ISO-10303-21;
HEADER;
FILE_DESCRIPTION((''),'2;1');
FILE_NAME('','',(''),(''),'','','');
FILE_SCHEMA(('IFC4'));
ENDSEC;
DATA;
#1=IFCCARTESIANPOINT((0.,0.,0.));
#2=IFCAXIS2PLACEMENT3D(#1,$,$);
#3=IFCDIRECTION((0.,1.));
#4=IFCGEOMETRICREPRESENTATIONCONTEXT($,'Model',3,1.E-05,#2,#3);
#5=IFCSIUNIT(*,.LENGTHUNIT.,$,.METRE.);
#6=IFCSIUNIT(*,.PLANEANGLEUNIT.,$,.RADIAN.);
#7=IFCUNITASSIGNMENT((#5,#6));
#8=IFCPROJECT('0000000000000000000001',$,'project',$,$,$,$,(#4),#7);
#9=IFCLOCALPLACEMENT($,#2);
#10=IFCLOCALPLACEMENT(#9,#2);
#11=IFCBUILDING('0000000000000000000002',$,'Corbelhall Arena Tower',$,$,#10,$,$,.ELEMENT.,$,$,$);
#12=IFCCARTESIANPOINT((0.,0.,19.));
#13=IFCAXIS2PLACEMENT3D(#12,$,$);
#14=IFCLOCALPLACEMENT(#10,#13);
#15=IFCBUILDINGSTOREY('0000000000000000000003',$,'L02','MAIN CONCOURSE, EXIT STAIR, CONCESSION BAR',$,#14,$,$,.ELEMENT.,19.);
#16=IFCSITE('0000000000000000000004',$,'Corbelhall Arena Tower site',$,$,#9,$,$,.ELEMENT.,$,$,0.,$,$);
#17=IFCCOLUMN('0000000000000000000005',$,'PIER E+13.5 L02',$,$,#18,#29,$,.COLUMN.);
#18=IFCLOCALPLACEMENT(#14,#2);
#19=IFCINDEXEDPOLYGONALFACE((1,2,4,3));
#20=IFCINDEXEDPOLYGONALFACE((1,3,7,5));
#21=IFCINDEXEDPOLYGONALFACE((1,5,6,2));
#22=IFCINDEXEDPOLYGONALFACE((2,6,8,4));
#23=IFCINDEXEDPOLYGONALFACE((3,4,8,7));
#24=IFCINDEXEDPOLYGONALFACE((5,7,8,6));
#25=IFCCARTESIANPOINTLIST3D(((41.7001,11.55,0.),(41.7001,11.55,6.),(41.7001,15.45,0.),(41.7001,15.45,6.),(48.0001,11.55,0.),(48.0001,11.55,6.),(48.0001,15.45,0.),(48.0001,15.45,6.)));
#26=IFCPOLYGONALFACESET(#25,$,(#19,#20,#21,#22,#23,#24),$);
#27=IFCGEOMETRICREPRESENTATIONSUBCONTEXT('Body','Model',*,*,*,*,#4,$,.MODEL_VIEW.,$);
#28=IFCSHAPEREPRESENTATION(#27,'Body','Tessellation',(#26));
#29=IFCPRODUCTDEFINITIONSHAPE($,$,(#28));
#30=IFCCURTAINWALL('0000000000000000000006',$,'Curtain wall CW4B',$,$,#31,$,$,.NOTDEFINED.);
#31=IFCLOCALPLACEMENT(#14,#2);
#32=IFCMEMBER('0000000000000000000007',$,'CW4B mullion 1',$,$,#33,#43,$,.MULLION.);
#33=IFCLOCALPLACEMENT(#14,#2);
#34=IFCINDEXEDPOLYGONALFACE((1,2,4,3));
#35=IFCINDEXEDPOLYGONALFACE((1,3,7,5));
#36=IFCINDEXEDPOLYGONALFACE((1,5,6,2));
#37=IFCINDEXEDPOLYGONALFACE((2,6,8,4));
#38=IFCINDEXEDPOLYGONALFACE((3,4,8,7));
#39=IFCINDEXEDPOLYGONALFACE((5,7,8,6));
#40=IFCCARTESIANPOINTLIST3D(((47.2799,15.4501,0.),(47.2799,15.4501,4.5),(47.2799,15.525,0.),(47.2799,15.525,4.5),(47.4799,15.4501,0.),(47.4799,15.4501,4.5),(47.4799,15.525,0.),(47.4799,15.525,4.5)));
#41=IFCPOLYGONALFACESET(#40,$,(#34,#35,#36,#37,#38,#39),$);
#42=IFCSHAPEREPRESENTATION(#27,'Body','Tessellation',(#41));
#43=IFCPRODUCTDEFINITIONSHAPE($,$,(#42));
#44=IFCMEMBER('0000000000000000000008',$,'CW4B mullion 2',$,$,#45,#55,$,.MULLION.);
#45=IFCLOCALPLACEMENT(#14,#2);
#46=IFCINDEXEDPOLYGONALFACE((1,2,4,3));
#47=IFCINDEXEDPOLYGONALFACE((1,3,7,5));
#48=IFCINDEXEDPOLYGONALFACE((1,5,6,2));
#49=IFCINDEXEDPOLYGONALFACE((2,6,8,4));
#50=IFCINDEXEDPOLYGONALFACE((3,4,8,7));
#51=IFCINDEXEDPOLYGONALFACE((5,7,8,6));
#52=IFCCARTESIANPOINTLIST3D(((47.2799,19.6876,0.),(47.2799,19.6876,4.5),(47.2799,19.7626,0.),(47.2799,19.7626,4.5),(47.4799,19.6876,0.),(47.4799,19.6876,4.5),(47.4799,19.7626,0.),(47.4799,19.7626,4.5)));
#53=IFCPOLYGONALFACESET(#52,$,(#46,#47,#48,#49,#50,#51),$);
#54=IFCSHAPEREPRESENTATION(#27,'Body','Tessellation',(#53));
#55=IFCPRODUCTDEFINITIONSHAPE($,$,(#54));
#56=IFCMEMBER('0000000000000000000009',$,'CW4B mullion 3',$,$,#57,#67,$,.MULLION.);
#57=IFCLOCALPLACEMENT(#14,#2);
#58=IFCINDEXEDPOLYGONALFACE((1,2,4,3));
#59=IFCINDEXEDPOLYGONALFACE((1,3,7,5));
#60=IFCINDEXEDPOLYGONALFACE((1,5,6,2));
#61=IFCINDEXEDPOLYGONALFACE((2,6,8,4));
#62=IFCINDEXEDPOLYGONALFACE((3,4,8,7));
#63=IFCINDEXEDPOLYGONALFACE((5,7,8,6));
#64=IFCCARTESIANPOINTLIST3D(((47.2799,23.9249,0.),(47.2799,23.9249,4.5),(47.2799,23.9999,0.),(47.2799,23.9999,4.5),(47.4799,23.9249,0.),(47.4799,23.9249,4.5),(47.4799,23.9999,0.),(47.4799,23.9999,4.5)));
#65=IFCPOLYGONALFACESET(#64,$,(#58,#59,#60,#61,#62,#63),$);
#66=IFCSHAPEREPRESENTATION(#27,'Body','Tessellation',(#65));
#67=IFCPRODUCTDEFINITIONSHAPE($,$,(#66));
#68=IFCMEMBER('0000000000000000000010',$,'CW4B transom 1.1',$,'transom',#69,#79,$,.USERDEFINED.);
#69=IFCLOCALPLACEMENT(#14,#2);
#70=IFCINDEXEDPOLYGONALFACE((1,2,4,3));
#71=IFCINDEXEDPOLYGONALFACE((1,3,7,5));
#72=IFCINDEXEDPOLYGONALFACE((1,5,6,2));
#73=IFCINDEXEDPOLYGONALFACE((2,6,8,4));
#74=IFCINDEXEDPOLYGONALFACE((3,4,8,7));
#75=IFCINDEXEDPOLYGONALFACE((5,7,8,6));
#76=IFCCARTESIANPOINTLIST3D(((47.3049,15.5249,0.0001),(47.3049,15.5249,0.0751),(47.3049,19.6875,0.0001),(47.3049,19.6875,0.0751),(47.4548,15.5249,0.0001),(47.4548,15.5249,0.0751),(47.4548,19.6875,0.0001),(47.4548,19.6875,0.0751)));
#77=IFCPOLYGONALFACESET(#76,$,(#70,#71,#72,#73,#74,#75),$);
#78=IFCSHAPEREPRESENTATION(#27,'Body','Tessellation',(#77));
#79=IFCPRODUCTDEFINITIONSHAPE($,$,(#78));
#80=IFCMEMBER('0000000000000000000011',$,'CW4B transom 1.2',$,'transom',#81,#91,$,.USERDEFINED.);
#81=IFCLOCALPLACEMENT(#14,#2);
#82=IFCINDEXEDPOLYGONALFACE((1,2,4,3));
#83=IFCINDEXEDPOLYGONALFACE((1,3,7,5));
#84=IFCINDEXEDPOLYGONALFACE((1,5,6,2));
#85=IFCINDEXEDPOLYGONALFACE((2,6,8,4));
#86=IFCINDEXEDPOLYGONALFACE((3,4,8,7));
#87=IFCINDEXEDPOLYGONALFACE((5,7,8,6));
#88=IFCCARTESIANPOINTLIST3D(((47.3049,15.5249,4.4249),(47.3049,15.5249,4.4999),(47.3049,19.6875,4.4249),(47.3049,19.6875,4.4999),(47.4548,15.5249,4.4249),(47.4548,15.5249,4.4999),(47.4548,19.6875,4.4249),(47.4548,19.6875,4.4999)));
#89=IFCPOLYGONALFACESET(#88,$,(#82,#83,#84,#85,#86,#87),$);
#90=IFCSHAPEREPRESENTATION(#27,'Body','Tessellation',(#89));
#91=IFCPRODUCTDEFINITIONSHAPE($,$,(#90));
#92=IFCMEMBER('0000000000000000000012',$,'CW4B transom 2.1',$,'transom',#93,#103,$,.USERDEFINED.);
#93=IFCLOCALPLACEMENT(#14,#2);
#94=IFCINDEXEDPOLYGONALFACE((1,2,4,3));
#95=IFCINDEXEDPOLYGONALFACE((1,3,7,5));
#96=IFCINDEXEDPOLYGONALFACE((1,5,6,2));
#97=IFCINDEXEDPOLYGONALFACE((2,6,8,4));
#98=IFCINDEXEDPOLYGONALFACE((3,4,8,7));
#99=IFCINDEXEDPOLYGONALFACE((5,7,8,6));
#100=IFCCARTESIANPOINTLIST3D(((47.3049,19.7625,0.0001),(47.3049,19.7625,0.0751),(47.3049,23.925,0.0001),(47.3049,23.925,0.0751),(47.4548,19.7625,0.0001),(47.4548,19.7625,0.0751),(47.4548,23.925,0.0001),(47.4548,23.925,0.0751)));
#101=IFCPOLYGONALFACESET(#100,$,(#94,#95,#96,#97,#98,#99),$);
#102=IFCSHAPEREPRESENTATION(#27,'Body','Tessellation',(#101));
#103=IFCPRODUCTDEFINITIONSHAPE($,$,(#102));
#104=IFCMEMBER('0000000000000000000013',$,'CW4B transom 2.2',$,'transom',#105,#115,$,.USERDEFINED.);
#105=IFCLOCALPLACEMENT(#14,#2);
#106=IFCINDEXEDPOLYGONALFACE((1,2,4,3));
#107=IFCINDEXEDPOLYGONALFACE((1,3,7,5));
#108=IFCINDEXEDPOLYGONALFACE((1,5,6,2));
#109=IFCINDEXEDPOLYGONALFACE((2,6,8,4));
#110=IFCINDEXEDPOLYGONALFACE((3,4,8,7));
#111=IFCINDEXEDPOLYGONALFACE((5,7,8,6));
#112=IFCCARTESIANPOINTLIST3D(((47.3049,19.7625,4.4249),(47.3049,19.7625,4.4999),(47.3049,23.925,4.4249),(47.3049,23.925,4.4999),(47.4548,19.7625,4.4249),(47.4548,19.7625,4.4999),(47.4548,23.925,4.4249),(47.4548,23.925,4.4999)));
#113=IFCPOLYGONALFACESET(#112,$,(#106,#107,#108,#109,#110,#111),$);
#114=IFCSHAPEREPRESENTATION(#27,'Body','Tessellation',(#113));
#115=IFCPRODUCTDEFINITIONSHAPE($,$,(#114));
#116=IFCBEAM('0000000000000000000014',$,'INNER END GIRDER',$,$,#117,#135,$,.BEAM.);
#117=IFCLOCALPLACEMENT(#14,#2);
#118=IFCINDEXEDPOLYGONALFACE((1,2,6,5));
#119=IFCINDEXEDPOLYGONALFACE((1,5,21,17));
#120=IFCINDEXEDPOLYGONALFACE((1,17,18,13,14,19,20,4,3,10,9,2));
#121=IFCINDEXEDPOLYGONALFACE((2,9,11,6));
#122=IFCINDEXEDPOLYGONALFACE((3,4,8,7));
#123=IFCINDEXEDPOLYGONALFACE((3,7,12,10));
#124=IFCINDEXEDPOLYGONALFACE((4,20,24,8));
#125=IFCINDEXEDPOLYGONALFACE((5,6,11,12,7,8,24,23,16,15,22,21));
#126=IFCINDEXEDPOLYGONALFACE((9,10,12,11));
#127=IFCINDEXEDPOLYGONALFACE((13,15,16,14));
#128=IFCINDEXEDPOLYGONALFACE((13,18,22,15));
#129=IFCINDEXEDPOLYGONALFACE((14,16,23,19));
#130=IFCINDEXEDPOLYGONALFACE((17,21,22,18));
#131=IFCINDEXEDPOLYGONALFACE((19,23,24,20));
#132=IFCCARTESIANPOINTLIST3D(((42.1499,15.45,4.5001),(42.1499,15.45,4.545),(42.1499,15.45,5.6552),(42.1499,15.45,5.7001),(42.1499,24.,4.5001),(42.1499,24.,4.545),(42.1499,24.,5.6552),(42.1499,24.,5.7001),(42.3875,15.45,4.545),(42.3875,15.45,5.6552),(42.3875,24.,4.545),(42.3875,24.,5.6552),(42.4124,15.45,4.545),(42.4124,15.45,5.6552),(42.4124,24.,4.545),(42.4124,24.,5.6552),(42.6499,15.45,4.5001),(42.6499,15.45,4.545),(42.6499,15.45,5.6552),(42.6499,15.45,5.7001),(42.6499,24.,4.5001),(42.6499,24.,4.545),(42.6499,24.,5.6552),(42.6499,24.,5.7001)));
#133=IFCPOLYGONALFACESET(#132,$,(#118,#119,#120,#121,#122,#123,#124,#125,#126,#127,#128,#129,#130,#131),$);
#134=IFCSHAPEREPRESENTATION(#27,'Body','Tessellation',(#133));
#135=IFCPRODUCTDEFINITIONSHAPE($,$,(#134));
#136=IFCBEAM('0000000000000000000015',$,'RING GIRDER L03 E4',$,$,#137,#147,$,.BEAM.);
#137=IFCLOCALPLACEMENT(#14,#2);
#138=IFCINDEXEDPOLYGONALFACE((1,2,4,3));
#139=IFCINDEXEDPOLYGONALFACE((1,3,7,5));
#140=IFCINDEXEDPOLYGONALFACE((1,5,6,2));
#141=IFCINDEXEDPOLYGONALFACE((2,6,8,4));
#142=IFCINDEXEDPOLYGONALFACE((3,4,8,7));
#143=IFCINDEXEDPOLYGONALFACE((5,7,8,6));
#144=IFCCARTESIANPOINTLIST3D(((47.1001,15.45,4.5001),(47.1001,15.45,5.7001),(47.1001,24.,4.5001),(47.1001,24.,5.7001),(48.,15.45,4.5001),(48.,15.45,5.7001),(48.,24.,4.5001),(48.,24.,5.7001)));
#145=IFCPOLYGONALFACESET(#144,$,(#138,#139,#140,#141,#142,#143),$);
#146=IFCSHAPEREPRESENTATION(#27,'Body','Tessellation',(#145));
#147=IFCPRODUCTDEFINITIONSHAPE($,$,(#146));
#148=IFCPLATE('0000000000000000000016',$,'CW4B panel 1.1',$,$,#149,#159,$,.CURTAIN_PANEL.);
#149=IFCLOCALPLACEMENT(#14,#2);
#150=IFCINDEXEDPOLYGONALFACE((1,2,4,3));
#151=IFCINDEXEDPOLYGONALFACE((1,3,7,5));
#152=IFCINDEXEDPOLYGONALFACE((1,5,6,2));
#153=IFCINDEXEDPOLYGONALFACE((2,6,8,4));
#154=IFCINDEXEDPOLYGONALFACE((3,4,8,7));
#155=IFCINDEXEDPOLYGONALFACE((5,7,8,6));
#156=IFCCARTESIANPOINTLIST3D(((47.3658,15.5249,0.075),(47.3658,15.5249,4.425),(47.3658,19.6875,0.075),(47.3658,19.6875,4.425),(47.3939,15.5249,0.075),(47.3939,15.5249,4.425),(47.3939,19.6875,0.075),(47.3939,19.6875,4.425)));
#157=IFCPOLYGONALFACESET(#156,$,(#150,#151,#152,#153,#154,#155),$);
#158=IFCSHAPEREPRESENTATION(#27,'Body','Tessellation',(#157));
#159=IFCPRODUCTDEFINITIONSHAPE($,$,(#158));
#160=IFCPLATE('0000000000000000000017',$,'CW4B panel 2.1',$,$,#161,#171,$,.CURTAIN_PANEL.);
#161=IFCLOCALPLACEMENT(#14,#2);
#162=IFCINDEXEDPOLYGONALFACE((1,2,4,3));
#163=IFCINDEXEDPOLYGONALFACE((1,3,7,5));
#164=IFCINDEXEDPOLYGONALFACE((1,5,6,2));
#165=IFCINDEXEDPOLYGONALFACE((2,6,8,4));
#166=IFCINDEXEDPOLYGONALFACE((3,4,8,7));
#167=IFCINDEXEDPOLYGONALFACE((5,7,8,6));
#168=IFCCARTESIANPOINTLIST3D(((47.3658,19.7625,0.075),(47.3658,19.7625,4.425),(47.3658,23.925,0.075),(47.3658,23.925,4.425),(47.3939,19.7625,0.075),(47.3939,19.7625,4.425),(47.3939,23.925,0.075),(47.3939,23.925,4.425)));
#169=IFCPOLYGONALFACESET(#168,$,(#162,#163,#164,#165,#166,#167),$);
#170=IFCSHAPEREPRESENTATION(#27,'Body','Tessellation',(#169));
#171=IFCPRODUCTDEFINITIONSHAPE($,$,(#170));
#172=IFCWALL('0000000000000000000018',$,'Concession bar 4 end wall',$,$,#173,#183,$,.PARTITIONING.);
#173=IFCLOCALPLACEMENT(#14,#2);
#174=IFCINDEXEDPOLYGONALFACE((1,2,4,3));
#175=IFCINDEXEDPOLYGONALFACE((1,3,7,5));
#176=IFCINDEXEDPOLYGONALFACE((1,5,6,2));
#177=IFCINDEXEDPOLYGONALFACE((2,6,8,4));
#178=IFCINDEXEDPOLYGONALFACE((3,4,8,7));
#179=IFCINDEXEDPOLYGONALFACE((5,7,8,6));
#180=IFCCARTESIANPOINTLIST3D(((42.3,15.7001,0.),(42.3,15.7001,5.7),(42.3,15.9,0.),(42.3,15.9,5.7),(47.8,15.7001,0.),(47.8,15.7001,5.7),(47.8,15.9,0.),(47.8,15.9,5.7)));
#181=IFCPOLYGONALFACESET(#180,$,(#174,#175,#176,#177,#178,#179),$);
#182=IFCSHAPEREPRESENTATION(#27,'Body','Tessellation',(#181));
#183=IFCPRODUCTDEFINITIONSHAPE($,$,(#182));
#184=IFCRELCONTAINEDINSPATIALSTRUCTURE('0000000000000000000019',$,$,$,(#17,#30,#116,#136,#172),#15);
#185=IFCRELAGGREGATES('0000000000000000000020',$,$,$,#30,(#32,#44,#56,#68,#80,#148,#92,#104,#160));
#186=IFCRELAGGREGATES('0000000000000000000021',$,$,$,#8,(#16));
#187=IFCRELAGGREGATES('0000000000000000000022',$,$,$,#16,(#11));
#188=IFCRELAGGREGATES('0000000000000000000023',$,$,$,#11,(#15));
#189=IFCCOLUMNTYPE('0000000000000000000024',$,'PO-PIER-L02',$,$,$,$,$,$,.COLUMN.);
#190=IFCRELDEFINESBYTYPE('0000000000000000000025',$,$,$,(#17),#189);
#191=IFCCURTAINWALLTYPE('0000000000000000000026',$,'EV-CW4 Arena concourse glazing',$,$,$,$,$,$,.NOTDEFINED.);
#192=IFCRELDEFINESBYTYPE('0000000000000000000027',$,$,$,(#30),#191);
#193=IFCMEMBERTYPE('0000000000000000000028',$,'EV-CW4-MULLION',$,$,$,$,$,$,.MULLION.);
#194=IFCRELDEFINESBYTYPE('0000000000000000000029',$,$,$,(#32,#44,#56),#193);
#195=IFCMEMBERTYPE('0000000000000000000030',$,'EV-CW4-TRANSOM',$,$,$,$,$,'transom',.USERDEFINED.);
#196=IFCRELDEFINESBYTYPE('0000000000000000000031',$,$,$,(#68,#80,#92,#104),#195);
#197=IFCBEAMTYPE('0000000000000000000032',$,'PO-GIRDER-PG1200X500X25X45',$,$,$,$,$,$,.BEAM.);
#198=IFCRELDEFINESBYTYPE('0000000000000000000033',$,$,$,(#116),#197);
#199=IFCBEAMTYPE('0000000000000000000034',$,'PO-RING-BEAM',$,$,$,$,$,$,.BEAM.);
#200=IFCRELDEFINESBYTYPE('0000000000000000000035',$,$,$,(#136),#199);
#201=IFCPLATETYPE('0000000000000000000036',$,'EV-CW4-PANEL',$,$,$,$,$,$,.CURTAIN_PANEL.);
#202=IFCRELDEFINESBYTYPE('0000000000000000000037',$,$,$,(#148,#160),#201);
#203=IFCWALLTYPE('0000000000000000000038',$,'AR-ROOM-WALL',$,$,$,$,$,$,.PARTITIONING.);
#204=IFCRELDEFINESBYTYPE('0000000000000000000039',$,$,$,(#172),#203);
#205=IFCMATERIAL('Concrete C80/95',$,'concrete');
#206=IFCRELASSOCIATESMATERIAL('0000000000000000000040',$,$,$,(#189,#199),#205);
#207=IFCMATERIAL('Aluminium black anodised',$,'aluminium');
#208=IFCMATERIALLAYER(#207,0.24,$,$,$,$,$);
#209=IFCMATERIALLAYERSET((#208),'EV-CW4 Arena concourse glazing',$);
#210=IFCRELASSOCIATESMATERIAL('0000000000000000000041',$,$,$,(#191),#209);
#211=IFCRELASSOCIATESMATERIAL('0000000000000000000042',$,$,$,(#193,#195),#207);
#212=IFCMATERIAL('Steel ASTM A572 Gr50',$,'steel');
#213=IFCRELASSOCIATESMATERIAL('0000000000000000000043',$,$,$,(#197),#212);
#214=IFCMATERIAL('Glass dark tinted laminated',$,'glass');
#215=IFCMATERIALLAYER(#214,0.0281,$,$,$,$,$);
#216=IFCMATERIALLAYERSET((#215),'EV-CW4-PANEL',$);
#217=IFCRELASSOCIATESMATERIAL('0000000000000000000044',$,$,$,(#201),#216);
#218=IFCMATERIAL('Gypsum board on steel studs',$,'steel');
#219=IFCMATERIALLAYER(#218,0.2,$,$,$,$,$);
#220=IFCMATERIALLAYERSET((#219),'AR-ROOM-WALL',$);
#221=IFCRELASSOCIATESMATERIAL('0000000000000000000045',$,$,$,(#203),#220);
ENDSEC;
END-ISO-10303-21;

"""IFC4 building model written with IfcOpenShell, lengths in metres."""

from ifc_helpers import new_model, si_unit, direction, frame, frame_2d, origin, origin_2d, place, context, subcontext, project, spatial, rectangle, i_section, extrude, material, layer, layer_set, material_profile, profile_set, type_object, element, aggregate, save


model = new_model("IFC4")

# Units and contexts
model_context = context("Model", 3, precision=1e-05, world=origin(), true_north=direction((0.0, 1.0)))
body_context = subcontext(model_context, "Body", "Model", "MODEL_VIEW")
ifc_project = project(units=[si_unit("LENGTHUNIT", "METRE"), si_unit("PLANEANGLEUNIT", "RADIAN")], contexts=[model_context])

# Site, building, storey
site_placement = place(None, origin())
site = spatial("IfcSite", under=ifc_project, at=site_placement, Name="Corbelhall Arena Tower site", CompositionType="ELEMENT", RefElevation=0.0)
building_placement = place(site_placement, origin())
building = spatial("IfcBuilding", under=site, at=building_placement, Name="Corbelhall Arena Tower", CompositionType="ELEMENT")
storey_placement = place(building_placement, frame((0.0, 0.0, 19.0)))
storey = spatial("IfcBuildingStorey", under=building, at=storey_placement, Name="L02", Description="MAIN CONCOURSE, EXIT STAIR, CONCESSION BAR", CompositionType="ELEMENT", Elevation=19.0)

# Column
ifc_material_1 = material(Name="Concrete C80/95", Category="concrete")
ifc_material_profile_1 = material_profile(ifc_material_1, rectangle(XDim=3.8999, YDim=6.3, at=origin_2d()))
ifc_profile_set_1 = profile_set([ifc_material_profile_1], Name="Concrete C80/95")
column_type = type_object("IfcColumnType", Name="PO-PIER-L02", PredefinedType="COLUMN", material=ifc_profile_set_1)
column_placement = place(storey_placement, frame((44.8501, 13.5, 0.0), z_axis=(0.0, 0.0, 1.0), x_axis=(0.0, 1.0, 0.0)))
element("IfcColumn", 1, at=column_placement, inside=storey, type_object=column_type, Name="PIER E+13.5 L02", PredefinedType="COLUMN", context=body_context, shape_type="SweptSolid", body=[
    extrude(rectangle(XDim=3.8999, YDim=6.3, at=origin_2d()), origin(), (0.0, 0.0, 1.0), 6.0),
])

# Curtain wall, members
ifc_material_2 = material(Name="Aluminium black anodised", Category="aluminium")
ifc_layer_1 = layer(ifc_material_2, 0.24)
ifc_layer_set_1 = layer_set([ifc_layer_1], Name="EV-CW4 Arena concourse glazing")
curtain_wall_type = type_object("IfcCurtainWallType", Name="EV-CW4 Arena concourse glazing", PredefinedType="NOTDEFINED", material=ifc_layer_set_1)
curtain_wall_placement = place(storey_placement, origin())
curtain_wall = element("IfcCurtainWall", 2, at=curtain_wall_placement, inside=storey, type_object=curtain_wall_type, Name="Curtain wall CW4B", PredefinedType="NOTDEFINED")
ifc_material_profile_2 = material_profile(ifc_material_2, rectangle(XDim=0.2, YDim=0.075, at=origin_2d()))
ifc_profile_set_2 = profile_set([ifc_material_profile_2], Name="Aluminium black anodised")
member_type_1 = type_object("IfcMemberType", Name="EV-CW4-MULLION", PredefinedType="MULLION", material=ifc_profile_set_2)
member_1_placement = place(storey_placement, frame((47.3799, 15.4875, 0.0), z_axis=(0.0, 0.0, 1.0), x_axis=(-1.0, 0.0, 0.0)))
member_1 = element("IfcMember", 3, at=member_1_placement, type_object=member_type_1, Name="CW4B mullion 1", PredefinedType="MULLION", context=body_context, shape_type="SweptSolid", body=[
    extrude(rectangle(XDim=0.2, YDim=0.075, at=origin_2d()), origin(), (0.0, 0.0, 1.0), 4.5),
])
member_2_placement = place(storey_placement, frame((47.3799, 19.7251, 0.0), z_axis=(0.0, 0.0, 1.0), x_axis=(-1.0, 0.0, 0.0)))
member_2 = element("IfcMember", 4, at=member_2_placement, type_object=member_type_1, Name="CW4B mullion 2", PredefinedType="MULLION", context=body_context, shape_type="SweptSolid", body=[
    extrude(rectangle(XDim=0.2, YDim=0.075, at=origin_2d()), origin(), (0.0, 0.0, 1.0), 4.5),
])
member_3_placement = place(storey_placement, frame((47.3799, 23.9624, 0.0), z_axis=(0.0, 0.0, 1.0), x_axis=(-1.0, 0.0, 0.0)))
member_3 = element("IfcMember", 5, at=member_3_placement, type_object=member_type_1, Name="CW4B mullion 3", PredefinedType="MULLION", context=body_context, shape_type="SweptSolid", body=[
    extrude(rectangle(XDim=0.2, YDim=0.075, at=origin_2d()), origin(), (0.0, 0.0, 1.0), 4.5),
])
ifc_material_profile_3 = material_profile(ifc_material_2, rectangle(XDim=0.1499, YDim=0.075, at=origin_2d()))
ifc_profile_set_3 = profile_set([ifc_material_profile_3], Name="Aluminium black anodised")
member_type_2 = type_object("IfcMemberType", Name="EV-CW4-TRANSOM", ElementType="transom", PredefinedType="USERDEFINED", material=ifc_profile_set_3)
member_4_placement = place(storey_placement, frame((47.3799, 15.5249, 0.0376), z_axis=(0.0, 1.0, 0.0), x_axis=(-1.0, 0.0, 0.0)))
member_4 = element("IfcMember", 6, at=member_4_placement, type_object=member_type_2, Name="CW4B transom 1.1", ObjectType="transom", PredefinedType="USERDEFINED", context=body_context, shape_type="SweptSolid", body=[
    extrude(rectangle(XDim=0.1499, YDim=0.075, at=origin_2d()), origin(), (0.0, 0.0, 1.0), 4.1626),
])
member_5_placement = place(storey_placement, frame((47.3799, 15.5249, 4.4624), z_axis=(0.0, 1.0, 0.0), x_axis=(-1.0, 0.0, 0.0)))
member_5 = element("IfcMember", 7, at=member_5_placement, type_object=member_type_2, Name="CW4B transom 1.2", ObjectType="transom", PredefinedType="USERDEFINED", context=body_context, shape_type="SweptSolid", body=[
    extrude(rectangle(XDim=0.1499, YDim=0.075, at=origin_2d()), origin(), (0.0, 0.0, 1.0), 4.1626),
])
member_6_placement = place(storey_placement, frame((47.3799, 19.7625, 0.0376), z_axis=(0.0, 1.0, 0.0), x_axis=(-1.0, 0.0, 0.0)))
member_6 = element("IfcMember", 8, at=member_6_placement, type_object=member_type_2, Name="CW4B transom 2.1", ObjectType="transom", PredefinedType="USERDEFINED", context=body_context, shape_type="SweptSolid", body=[
    extrude(rectangle(XDim=0.1499, YDim=0.075, at=origin_2d()), origin(), (0.0, 0.0, 1.0), 4.1626),
])
member_7_placement = place(storey_placement, frame((47.3799, 19.7625, 4.4624), z_axis=(0.0, 1.0, 0.0), x_axis=(-1.0, 0.0, 0.0)))
member_7 = element("IfcMember", 9, at=member_7_placement, type_object=member_type_2, Name="CW4B transom 2.2", ObjectType="transom", PredefinedType="USERDEFINED", context=body_context, shape_type="SweptSolid", body=[
    extrude(rectangle(XDim=0.1499, YDim=0.075, at=origin_2d()), origin(), (0.0, 0.0, 1.0), 4.1626),
])

# Beams
ifc_material_3 = material(Name="Steel ASTM A572 Gr50", Category="steel")
ifc_material_profile_4 = material_profile(ifc_material_3, i_section(OverallWidth=0.5, OverallDepth=1.2, WebThickness=0.0249, FlangeThickness=0.0449, at=origin_2d()))
ifc_profile_set_4 = profile_set([ifc_material_profile_4], Name="Steel ASTM A572 Gr50")
beam_type_1 = type_object("IfcBeamType", Name="PO-GIRDER-PG1200X500X25X45", PredefinedType="BEAM", material=ifc_profile_set_4)
beam_1_placement = place(storey_placement, frame((42.3999, 15.45, 5.1001), z_axis=(0.0, 1.0, 0.0), x_axis=(-1.0, 0.0, 0.0)))
element("IfcBeam", 10, at=beam_1_placement, inside=storey, type_object=beam_type_1, Name="INNER END GIRDER", PredefinedType="BEAM", context=body_context, shape_type="SweptSolid", body=[
    extrude(i_section(OverallWidth=0.5, OverallDepth=1.2, WebThickness=0.0249, FlangeThickness=0.0449, at=origin_2d()), origin(), (0.0, 0.0, 1.0), 8.55),
])
ifc_material_profile_5 = material_profile(ifc_material_1, rectangle(XDim=0.8999, YDim=1.2, at=origin_2d()))
ifc_profile_set_5 = profile_set([ifc_material_profile_5], Name="Concrete C80/95")
beam_type_2 = type_object("IfcBeamType", Name="PO-RING-BEAM", PredefinedType="BEAM", material=ifc_profile_set_5)
beam_2_placement = place(storey_placement, frame((47.55, 15.45, 5.1001), z_axis=(0.0, 1.0, 0.0), x_axis=(-1.0, 0.0, 0.0)))
element("IfcBeam", 11, at=beam_2_placement, inside=storey, type_object=beam_type_2, Name="RING GIRDER L03 E4", PredefinedType="BEAM", context=body_context, shape_type="SweptSolid", body=[
    extrude(rectangle(XDim=0.8999, YDim=1.2, at=origin_2d()), origin(), (0.0, 0.0, 1.0), 8.55),
])

# Plates
ifc_material_4 = material(Name="Glass dark tinted laminated", Category="glass")
ifc_layer_2 = layer(ifc_material_4, 0.0281)
ifc_layer_set_2 = layer_set([ifc_layer_2], Name="EV-CW4-PANEL")
plate_type = type_object("IfcPlateType", Name="EV-CW4-PANEL", PredefinedType="CURTAIN_PANEL", material=ifc_layer_set_2)
plate_1_placement = place(storey_placement, frame((47.3799, 17.6062, 0.075), z_axis=(0.0, 0.0, 1.0), x_axis=(0.0, 1.0, 0.0)))
plate_1 = element("IfcPlate", 12, at=plate_1_placement, type_object=plate_type, Name="CW4B panel 1.1", PredefinedType="CURTAIN_PANEL", context=body_context, shape_type="SweptSolid", body=[
    extrude(rectangle(XDim=4.1626, YDim=0.0281, at=origin_2d()), origin(), (0.0, 0.0, 1.0), 4.3501),
])
plate_2_placement = place(storey_placement, frame((47.3799, 21.8438, 0.075), z_axis=(0.0, 0.0, 1.0), x_axis=(0.0, 1.0, 0.0)))
plate_2 = element("IfcPlate", 13, at=plate_2_placement, type_object=plate_type, Name="CW4B panel 2.1", PredefinedType="CURTAIN_PANEL", context=body_context, shape_type="SweptSolid", body=[
    extrude(rectangle(XDim=4.1626, YDim=0.0281, at=origin_2d()), origin(), (0.0, 0.0, 1.0), 4.3501),
])
aggregate(curtain_wall, [member_1, member_2, member_3, member_4, member_5, plate_1, member_6, member_7, plate_2])

# Wall
ifc_material_5 = material(Name="Gypsum board on steel studs", Category="steel")
ifc_layer_3 = layer(ifc_material_5, 0.2)
ifc_layer_set_3 = layer_set([ifc_layer_3], Name="AR-ROOM-WALL")
wall_type_1 = type_object("IfcWallType", Name="AR-ROOM-WALL", PredefinedType="PARTITIONING", material=ifc_layer_set_3)
for number, where, z_axis, x_axis, name in (
    (14, (42.3, 15.8, 0.0), (0.0, 0.0, 1.0), (1.0, 0.0, 0.0), "Concession bar 4 end wall"),
):
    element("IfcWall", number, at=place(storey_placement, frame(where, z_axis=z_axis, x_axis=x_axis)), inside=storey, type_object=wall_type_1, Name=name, PredefinedType="PARTITIONING", context=body_context, shape_type="SweptSolid", body=[
        extrude(rectangle(XDim=5.5, YDim=0.2, at=frame_2d((2.75, 0.0))), origin(), (0.0, 0.0, 1.0), 5.7),
    ])

save(model, "model.ifc")
